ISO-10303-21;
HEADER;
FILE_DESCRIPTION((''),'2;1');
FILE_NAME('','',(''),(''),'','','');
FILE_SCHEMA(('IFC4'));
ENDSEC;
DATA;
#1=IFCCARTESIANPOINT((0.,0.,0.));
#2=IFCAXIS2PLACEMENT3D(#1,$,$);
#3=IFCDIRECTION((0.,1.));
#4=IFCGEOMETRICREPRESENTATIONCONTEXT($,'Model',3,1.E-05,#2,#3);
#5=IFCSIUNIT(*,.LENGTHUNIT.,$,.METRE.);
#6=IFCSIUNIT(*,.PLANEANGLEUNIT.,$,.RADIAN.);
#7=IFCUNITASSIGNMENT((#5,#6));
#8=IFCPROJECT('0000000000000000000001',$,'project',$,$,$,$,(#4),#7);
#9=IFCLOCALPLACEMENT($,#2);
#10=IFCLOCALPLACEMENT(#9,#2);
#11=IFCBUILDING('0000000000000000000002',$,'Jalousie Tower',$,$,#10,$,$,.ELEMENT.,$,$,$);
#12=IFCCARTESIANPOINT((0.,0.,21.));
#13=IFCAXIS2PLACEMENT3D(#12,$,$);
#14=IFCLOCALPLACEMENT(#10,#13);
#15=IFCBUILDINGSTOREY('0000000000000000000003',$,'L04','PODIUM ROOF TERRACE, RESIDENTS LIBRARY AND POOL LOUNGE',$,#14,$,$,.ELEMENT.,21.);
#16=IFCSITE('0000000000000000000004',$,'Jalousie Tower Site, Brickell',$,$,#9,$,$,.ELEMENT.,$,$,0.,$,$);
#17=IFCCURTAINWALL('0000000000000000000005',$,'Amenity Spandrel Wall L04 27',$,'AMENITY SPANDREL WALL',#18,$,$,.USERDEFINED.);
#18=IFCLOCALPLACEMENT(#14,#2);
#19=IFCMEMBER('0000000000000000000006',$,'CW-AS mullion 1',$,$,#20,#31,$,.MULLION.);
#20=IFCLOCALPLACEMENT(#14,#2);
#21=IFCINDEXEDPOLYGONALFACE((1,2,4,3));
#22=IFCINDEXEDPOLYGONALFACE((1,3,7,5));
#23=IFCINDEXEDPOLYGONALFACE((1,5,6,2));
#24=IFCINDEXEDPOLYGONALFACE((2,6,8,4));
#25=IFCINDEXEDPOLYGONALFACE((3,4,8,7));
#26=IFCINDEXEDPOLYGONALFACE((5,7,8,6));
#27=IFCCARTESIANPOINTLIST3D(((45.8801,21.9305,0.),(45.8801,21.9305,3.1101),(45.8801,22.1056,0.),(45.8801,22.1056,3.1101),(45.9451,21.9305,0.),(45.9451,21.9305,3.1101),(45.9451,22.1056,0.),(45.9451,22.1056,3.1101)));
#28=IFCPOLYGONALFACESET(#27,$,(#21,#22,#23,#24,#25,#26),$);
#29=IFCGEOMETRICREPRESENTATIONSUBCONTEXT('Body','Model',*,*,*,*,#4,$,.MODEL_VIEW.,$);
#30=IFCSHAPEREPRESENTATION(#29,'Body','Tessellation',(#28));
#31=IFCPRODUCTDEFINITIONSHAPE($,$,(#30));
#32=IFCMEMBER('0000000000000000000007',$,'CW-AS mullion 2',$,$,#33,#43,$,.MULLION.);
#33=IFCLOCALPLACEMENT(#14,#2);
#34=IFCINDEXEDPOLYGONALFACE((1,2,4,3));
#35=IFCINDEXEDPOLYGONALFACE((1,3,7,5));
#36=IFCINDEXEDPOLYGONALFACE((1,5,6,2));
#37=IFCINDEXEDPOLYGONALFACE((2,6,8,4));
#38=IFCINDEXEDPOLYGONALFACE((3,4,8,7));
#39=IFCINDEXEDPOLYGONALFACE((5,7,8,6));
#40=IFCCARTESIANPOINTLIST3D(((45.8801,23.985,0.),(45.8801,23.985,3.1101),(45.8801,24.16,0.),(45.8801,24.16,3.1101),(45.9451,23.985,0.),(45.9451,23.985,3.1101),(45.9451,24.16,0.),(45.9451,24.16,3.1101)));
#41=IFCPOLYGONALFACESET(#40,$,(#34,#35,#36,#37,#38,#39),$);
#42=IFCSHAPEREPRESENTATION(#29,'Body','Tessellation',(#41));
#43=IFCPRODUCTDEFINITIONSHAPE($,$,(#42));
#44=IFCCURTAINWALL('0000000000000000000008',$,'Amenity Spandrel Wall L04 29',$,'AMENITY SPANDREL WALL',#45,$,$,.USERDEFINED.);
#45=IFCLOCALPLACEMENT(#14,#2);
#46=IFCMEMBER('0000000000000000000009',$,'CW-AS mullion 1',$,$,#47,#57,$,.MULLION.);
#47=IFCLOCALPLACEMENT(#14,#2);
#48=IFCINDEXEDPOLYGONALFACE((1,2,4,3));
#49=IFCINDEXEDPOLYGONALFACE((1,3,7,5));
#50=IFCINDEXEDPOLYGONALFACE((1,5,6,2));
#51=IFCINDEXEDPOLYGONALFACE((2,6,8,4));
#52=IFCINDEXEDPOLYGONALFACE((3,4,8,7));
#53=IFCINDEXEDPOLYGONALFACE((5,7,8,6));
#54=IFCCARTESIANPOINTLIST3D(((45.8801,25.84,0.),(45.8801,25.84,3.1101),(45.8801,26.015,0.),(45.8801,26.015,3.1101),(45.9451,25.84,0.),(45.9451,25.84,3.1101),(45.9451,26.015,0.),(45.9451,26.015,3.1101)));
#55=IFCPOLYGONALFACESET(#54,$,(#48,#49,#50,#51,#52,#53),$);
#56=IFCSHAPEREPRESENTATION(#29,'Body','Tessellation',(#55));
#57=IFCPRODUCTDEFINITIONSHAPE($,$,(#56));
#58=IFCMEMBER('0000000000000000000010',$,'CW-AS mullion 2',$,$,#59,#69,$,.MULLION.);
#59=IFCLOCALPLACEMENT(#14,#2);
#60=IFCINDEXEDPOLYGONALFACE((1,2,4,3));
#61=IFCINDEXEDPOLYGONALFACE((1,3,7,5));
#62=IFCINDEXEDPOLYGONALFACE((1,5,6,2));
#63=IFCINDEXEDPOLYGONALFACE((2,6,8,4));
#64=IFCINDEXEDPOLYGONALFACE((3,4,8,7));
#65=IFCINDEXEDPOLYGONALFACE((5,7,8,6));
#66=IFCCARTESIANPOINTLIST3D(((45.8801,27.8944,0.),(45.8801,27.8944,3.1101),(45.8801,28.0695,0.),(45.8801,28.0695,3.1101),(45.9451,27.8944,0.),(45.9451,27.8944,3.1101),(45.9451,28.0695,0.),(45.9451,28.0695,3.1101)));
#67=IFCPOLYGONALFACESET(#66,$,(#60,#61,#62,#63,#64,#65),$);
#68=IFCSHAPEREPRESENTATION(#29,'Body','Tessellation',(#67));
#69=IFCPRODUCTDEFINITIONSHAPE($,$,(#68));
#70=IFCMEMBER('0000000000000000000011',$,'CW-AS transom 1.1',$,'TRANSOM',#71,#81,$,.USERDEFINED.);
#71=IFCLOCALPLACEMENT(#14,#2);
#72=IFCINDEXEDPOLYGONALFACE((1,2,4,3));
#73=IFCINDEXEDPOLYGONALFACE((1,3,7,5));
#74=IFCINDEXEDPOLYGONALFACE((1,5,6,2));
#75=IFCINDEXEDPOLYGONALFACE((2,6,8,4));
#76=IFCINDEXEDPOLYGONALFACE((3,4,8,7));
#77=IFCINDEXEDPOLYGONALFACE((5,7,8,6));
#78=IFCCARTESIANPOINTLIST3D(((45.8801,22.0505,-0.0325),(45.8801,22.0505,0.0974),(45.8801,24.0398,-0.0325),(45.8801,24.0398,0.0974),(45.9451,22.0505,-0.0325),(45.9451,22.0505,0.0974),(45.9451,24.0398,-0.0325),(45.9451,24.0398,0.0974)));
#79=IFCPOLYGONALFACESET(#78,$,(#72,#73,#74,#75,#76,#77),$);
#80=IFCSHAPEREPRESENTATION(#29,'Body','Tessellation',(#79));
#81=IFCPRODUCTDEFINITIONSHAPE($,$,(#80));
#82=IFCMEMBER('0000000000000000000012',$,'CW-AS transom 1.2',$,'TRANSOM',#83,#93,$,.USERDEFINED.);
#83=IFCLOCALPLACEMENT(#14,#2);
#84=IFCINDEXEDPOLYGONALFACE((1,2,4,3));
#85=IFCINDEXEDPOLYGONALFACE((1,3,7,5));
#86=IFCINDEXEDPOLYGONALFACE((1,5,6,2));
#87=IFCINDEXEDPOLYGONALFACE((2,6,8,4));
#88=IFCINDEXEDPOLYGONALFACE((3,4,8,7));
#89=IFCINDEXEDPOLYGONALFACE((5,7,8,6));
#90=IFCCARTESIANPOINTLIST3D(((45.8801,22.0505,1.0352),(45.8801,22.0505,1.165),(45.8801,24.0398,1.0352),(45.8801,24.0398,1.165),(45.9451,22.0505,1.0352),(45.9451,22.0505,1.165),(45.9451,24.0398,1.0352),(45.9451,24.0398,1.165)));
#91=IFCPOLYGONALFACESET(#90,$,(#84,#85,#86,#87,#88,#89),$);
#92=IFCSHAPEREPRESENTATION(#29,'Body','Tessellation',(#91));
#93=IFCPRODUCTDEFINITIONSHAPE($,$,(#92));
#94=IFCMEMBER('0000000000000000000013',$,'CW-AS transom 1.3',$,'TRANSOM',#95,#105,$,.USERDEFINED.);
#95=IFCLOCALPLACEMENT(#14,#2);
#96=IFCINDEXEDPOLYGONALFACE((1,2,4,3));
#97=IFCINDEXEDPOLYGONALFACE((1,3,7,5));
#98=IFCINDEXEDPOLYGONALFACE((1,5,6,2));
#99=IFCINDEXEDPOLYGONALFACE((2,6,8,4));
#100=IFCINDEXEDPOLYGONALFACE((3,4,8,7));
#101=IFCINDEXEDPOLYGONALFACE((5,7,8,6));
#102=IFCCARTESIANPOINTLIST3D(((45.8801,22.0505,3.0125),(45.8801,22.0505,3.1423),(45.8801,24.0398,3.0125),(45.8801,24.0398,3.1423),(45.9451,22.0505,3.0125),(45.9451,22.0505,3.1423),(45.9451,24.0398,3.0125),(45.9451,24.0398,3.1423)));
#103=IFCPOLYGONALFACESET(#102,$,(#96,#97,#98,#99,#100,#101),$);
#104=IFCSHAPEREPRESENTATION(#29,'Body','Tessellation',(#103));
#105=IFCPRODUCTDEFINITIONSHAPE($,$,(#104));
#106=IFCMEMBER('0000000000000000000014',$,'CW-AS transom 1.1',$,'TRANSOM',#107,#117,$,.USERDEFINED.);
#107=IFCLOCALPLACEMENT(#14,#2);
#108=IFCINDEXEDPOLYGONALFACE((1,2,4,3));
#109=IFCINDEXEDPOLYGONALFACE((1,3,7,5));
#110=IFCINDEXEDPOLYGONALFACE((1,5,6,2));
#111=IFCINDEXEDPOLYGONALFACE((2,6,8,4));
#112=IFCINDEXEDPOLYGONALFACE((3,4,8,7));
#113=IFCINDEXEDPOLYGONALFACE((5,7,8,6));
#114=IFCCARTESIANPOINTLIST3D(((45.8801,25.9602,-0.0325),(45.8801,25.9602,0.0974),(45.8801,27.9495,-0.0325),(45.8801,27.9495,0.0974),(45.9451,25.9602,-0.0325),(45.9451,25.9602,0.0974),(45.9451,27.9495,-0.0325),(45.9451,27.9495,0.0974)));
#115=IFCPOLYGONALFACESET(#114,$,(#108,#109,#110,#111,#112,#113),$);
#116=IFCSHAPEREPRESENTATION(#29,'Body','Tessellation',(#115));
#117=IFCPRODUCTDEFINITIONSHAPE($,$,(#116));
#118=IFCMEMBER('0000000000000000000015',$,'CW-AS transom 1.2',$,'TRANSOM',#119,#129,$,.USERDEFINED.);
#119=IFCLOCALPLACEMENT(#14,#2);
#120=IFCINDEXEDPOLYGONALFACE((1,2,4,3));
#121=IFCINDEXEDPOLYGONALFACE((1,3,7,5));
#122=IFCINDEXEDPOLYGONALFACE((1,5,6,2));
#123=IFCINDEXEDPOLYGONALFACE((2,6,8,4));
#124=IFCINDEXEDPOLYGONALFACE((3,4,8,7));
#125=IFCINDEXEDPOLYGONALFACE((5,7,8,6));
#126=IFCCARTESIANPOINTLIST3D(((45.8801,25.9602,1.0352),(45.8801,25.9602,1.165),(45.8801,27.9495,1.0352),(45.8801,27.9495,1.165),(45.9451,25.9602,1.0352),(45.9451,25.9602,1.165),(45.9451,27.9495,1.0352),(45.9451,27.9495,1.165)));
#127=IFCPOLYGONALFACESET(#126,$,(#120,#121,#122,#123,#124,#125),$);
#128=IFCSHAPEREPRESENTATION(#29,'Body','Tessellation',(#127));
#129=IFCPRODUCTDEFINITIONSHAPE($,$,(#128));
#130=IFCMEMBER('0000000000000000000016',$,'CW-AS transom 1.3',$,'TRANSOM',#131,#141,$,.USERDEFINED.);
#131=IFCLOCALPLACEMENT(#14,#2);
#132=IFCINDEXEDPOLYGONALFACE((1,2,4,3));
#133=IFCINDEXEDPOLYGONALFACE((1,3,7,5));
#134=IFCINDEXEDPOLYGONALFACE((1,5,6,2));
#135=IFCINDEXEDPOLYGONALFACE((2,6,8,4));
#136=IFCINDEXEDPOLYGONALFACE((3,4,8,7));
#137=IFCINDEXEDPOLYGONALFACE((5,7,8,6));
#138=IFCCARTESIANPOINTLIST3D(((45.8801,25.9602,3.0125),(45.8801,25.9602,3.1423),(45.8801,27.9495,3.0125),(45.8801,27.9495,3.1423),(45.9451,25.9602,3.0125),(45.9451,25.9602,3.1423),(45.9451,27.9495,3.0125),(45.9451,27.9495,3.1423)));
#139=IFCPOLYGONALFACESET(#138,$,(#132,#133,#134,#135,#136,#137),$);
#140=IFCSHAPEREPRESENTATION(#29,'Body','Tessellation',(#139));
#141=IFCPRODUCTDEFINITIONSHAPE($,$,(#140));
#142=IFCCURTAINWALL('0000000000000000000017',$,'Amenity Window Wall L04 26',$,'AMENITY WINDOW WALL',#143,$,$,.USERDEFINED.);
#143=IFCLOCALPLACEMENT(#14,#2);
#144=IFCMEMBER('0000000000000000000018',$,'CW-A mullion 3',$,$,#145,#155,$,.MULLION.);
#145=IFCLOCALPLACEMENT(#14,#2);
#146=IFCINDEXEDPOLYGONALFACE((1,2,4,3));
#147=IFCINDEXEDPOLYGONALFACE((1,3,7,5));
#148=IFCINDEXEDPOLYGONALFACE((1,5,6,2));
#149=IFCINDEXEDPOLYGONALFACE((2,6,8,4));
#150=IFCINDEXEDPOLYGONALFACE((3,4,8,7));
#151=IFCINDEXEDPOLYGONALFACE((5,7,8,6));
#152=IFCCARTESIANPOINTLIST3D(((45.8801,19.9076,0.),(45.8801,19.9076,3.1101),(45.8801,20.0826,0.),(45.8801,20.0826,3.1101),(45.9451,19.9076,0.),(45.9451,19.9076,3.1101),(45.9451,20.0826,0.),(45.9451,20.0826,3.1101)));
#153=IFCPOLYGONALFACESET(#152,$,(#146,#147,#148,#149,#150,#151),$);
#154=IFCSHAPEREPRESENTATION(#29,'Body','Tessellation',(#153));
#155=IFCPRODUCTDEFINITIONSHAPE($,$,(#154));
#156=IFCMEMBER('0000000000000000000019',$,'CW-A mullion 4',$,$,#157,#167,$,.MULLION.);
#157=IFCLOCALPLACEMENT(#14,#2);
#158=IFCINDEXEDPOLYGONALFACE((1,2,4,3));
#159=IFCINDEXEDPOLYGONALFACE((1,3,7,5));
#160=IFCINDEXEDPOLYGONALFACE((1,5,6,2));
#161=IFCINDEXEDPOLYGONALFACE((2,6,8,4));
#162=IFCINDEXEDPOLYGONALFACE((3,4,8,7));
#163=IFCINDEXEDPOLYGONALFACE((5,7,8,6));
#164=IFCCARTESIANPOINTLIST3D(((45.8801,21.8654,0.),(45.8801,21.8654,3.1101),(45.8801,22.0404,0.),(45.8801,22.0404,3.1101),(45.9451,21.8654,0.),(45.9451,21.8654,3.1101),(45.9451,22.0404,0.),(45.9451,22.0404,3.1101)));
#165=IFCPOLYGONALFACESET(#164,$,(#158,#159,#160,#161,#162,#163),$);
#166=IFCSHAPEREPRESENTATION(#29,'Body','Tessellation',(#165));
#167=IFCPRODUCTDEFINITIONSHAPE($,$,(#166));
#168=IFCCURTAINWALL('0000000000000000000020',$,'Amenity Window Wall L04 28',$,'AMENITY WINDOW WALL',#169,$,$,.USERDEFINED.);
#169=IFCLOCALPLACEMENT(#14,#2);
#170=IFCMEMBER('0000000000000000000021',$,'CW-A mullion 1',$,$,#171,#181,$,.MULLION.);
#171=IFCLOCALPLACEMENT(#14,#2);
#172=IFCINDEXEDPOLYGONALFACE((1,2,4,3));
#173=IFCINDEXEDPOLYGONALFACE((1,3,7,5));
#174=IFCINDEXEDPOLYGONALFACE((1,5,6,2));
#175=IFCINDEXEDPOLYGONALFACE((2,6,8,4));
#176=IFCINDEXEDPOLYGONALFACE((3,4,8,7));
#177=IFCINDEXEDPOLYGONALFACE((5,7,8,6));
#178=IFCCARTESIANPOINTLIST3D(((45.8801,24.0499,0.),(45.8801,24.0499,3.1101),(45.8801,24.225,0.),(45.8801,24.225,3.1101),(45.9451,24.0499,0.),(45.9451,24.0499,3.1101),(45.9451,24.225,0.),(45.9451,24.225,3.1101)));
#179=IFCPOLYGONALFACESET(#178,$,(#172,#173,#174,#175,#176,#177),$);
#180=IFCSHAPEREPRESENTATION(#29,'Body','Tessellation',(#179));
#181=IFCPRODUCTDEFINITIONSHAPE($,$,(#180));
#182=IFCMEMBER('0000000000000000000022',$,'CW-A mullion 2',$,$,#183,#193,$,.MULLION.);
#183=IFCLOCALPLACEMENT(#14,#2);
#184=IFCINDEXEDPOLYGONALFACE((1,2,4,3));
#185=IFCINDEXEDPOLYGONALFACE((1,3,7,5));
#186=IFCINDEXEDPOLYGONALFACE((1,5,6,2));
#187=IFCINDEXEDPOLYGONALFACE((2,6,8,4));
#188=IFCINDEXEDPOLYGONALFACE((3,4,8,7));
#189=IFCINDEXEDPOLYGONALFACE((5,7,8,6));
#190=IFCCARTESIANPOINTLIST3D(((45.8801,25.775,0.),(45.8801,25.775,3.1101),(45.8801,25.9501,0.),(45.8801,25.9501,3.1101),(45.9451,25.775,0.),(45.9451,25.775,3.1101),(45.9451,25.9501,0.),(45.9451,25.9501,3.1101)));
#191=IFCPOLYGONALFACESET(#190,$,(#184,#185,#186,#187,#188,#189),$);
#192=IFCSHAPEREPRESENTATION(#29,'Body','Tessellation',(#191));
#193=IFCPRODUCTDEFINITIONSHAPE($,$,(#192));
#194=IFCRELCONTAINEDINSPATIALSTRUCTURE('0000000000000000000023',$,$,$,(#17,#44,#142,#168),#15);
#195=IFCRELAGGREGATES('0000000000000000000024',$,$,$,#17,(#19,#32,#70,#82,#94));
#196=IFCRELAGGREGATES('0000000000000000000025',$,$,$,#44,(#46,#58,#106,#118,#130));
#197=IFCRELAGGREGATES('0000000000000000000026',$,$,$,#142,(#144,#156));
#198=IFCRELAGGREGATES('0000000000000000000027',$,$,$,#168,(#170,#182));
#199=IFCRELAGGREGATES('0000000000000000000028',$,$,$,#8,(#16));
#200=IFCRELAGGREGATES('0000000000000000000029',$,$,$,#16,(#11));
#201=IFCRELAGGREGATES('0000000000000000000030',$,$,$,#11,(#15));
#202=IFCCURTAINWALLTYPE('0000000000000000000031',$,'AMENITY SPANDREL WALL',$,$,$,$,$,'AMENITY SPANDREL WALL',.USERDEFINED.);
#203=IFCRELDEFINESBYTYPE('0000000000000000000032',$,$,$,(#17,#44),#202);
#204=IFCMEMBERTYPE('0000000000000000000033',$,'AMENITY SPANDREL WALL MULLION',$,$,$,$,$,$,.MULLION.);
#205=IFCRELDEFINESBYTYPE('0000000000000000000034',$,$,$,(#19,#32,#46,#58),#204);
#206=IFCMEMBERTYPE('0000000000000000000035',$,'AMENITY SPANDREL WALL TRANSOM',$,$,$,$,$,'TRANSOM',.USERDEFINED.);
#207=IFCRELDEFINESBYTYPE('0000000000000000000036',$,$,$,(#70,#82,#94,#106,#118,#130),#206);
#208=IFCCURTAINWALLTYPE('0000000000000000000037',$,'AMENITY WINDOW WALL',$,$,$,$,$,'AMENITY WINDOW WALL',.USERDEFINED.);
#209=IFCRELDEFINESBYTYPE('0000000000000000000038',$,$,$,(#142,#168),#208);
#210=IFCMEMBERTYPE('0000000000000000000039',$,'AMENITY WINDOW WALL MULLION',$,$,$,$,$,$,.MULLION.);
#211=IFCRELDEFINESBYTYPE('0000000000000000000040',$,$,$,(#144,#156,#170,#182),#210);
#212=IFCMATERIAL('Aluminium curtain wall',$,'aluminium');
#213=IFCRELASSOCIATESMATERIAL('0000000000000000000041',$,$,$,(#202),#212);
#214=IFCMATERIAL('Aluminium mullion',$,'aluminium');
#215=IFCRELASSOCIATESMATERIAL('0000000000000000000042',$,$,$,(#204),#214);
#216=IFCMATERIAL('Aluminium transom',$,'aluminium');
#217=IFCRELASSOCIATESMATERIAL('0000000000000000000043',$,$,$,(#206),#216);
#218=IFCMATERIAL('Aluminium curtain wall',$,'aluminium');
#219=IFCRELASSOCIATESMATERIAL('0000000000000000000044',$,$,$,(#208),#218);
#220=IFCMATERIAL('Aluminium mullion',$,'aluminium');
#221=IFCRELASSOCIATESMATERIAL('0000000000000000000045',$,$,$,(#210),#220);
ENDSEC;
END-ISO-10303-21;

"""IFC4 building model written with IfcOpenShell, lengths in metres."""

from ifc_helpers import new_model, si_unit, direction, frame, origin, origin_2d, place, context, subcontext, project, spatial, rectangle, extrude, material, material_profile, profile_set, type_object, element, aggregate, save


model = new_model("IFC4")

# Units and contexts
model_context = context("Model", 3, precision=1e-05, world=origin(), true_north=direction((0.0, 1.0)))
body_context = subcontext(model_context, "Body", "Model", "MODEL_VIEW")
ifc_project = project(units=[si_unit("LENGTHUNIT", "METRE"), si_unit("PLANEANGLEUNIT", "RADIAN")], contexts=[model_context])

# Site, building, storey
site_placement = place(None, origin())
site = spatial("IfcSite", under=ifc_project, at=site_placement, Name="Jalousie Tower Site, Brickell", CompositionType="ELEMENT", RefElevation=0.0)
building_placement = place(site_placement, origin())
building = spatial("IfcBuilding", under=site, at=building_placement, Name="Jalousie Tower", CompositionType="ELEMENT")
storey_placement = place(building_placement, frame((0.0, 0.0, 21.0)))
storey = spatial("IfcBuildingStorey", under=building, at=storey_placement, Name="L04", Description="PODIUM ROOF TERRACE, RESIDENTS LIBRARY AND POOL LOUNGE", CompositionType="ELEMENT", Elevation=21.0)

# Curtain walls, members
ifc_material_1 = material(Name="Aluminium curtain wall", Category="aluminium")
curtain_wall_type_1 = type_object("IfcCurtainWallType", Name="AMENITY SPANDREL WALL", ElementType="AMENITY SPANDREL WALL", PredefinedType="USERDEFINED", material=ifc_material_1)
curtain_wall_1_placement = place(storey_placement, origin())
curtain_wall_1 = element("IfcCurtainWall", 1, at=curtain_wall_1_placement, inside=storey, type_object=curtain_wall_type_1, Name="Amenity Spandrel Wall L04 27", ObjectType="AMENITY SPANDREL WALL", PredefinedType="USERDEFINED")
ifc_material_2 = material(Name="Aluminium mullion", Category="aluminium")
ifc_material_profile_1 = material_profile(ifc_material_2, rectangle(XDim=0.0649, YDim=0.175, at=origin_2d()), Name="MULLION 65x175")
ifc_profile_set_1 = profile_set([ifc_material_profile_1], Name="Aluminium mullion")
member_type_1 = type_object("IfcMemberType", Name="AMENITY SPANDREL WALL MULLION", PredefinedType="MULLION", material=ifc_profile_set_1)
member_1_placement = place(storey_placement, frame((45.9126, 22.0181, 0.0), z_axis=(0.0, 0.0, 1.0), x_axis=(-1.0, 0.0, 0.0)))
member_1 = element("IfcMember", 2, at=member_1_placement, type_object=member_type_1, Name="CW-AS mullion 1", PredefinedType="MULLION", context=body_context, shape_type="SweptSolid", body=[
    extrude(rectangle(XDim=0.0649, YDim=0.175, at=origin_2d()), origin(), (0.0, 0.0, 1.0), 3.1101),
])
member_2_placement = place(storey_placement, frame((45.9126, 24.0725, 0.0), z_axis=(0.0, 0.0, 1.0), x_axis=(-1.0, 0.0, 0.0)))
member_2 = element("IfcMember", 3, at=member_2_placement, type_object=member_type_1, Name="CW-AS mullion 2", PredefinedType="MULLION", context=body_context, shape_type="SweptSolid", body=[
    extrude(rectangle(XDim=0.0649, YDim=0.175, at=origin_2d()), origin(), (0.0, 0.0, 1.0), 3.1101),
])
curtain_wall_2_placement = place(storey_placement, origin())
curtain_wall_2 = element("IfcCurtainWall", 4, at=curtain_wall_2_placement, inside=storey, type_object=curtain_wall_type_1, Name="Amenity Spandrel Wall L04 29", ObjectType="AMENITY SPANDREL WALL", PredefinedType="USERDEFINED")
member_3_placement = place(storey_placement, frame((45.9126, 25.9275, 0.0), z_axis=(0.0, 0.0, 1.0), x_axis=(-1.0, 0.0, 0.0)))
member_3 = element("IfcMember", 5, at=member_3_placement, type_object=member_type_1, Name="CW-AS mullion 1", PredefinedType="MULLION", context=body_context, shape_type="SweptSolid", body=[
    extrude(rectangle(XDim=0.0649, YDim=0.175, at=origin_2d()), origin(), (0.0, 0.0, 1.0), 3.1101),
])
member_4_placement = place(storey_placement, frame((45.9126, 27.9819, 0.0), z_axis=(0.0, 0.0, 1.0), x_axis=(-1.0, 0.0, 0.0)))
member_4 = element("IfcMember", 6, at=member_4_placement, type_object=member_type_1, Name="CW-AS mullion 2", PredefinedType="MULLION", context=body_context, shape_type="SweptSolid", body=[
    extrude(rectangle(XDim=0.0649, YDim=0.175, at=origin_2d()), origin(), (0.0, 0.0, 1.0), 3.1101),
])

# Members
ifc_material_3 = material(Name="Aluminium transom", Category="aluminium")
ifc_material_profile_2 = material_profile(ifc_material_3, rectangle(XDim=0.0649, YDim=0.1299, at=origin_2d()), Name="TRANSOM 65x130")
ifc_profile_set_2 = profile_set([ifc_material_profile_2], Name="Aluminium transom")
member_type_2 = type_object("IfcMemberType", Name="AMENITY SPANDREL WALL TRANSOM", ElementType="TRANSOM", PredefinedType="USERDEFINED", material=ifc_profile_set_2)
member_5_placement = place(storey_placement, frame((45.9126, 22.0505, 0.0325), z_axis=(0.0, 1.0, 0.0), x_axis=(-1.0, 0.0, 0.0)))
member_5 = element("IfcMember", 7, at=member_5_placement, type_object=member_type_2, Name="CW-AS transom 1.1", ObjectType="TRANSOM", PredefinedType="USERDEFINED", context=body_context, shape_type="SweptSolid", body=[
    extrude(rectangle(XDim=0.0649, YDim=0.1299, at=origin_2d()), origin(), (0.0, 0.0, 1.0), 1.9893),
])
member_6_placement = place(storey_placement, frame((45.9126, 22.0505, 1.1001), z_axis=(0.0, 1.0, 0.0), x_axis=(-1.0, 0.0, 0.0)))
member_6 = element("IfcMember", 8, at=member_6_placement, type_object=member_type_2, Name="CW-AS transom 1.2", ObjectType="TRANSOM", PredefinedType="USERDEFINED", context=body_context, shape_type="SweptSolid", body=[
    extrude(rectangle(XDim=0.0649, YDim=0.1299, at=origin_2d()), origin(), (0.0, 0.0, 1.0), 1.9893),
])
member_7_placement = place(storey_placement, frame((45.9126, 22.0505, 3.0774), z_axis=(0.0, 1.0, 0.0), x_axis=(-1.0, 0.0, 0.0)))
member_7 = element("IfcMember", 9, at=member_7_placement, type_object=member_type_2, Name="CW-AS transom 1.3", ObjectType="TRANSOM", PredefinedType="USERDEFINED", context=body_context, shape_type="SweptSolid", body=[
    extrude(rectangle(XDim=0.0649, YDim=0.1299, at=origin_2d()), origin(), (0.0, 0.0, 1.0), 1.9893),
])
member_8_placement = place(storey_placement, frame((45.9126, 25.9602, 0.0325), z_axis=(0.0, 1.0, 0.0), x_axis=(-1.0, 0.0, 0.0)))
member_8 = element("IfcMember", 10, at=member_8_placement, type_object=member_type_2, Name="CW-AS transom 1.1", ObjectType="TRANSOM", PredefinedType="USERDEFINED", context=body_context, shape_type="SweptSolid", body=[
    extrude(rectangle(XDim=0.0649, YDim=0.1299, at=origin_2d()), origin(), (0.0, 0.0, 1.0), 1.9893),
])
member_9_placement = place(storey_placement, frame((45.9126, 25.9602, 1.1001), z_axis=(0.0, 1.0, 0.0), x_axis=(-1.0, 0.0, 0.0)))
member_9 = element("IfcMember", 11, at=member_9_placement, type_object=member_type_2, Name="CW-AS transom 1.2", ObjectType="TRANSOM", PredefinedType="USERDEFINED", context=body_context, shape_type="SweptSolid", body=[
    extrude(rectangle(XDim=0.0649, YDim=0.1299, at=origin_2d()), origin(), (0.0, 0.0, 1.0), 1.9893),
])
member_10_placement = place(storey_placement, frame((45.9126, 25.9602, 3.0774), z_axis=(0.0, 1.0, 0.0), x_axis=(-1.0, 0.0, 0.0)))
member_10 = element("IfcMember", 12, at=member_10_placement, type_object=member_type_2, Name="CW-AS transom 1.3", ObjectType="TRANSOM", PredefinedType="USERDEFINED", context=body_context, shape_type="SweptSolid", body=[
    extrude(rectangle(XDim=0.0649, YDim=0.1299, at=origin_2d()), origin(), (0.0, 0.0, 1.0), 1.9893),
])

# Curtain walls, members
ifc_material_4 = material(Name="Aluminium curtain wall", Category="aluminium")
curtain_wall_type_2 = type_object("IfcCurtainWallType", Name="AMENITY WINDOW WALL", ElementType="AMENITY WINDOW WALL", PredefinedType="USERDEFINED", material=ifc_material_4)
curtain_wall_3_placement = place(storey_placement, origin())
curtain_wall_3 = element("IfcCurtainWall", 13, at=curtain_wall_3_placement, inside=storey, type_object=curtain_wall_type_2, Name="Amenity Window Wall L04 26", ObjectType="AMENITY WINDOW WALL", PredefinedType="USERDEFINED")
ifc_material_5 = material(Name="Aluminium mullion", Category="aluminium")
ifc_material_profile_3 = material_profile(ifc_material_5, rectangle(XDim=0.0649, YDim=0.175, at=origin_2d()), Name="MULLION 65x175")
ifc_profile_set_3 = profile_set([ifc_material_profile_3], Name="Aluminium mullion")
member_type_3 = type_object("IfcMemberType", Name="AMENITY WINDOW WALL MULLION", PredefinedType="MULLION", material=ifc_profile_set_3)
member_11_placement = place(storey_placement, frame((45.9126, 19.9951, 0.0), z_axis=(0.0, 0.0, 1.0), x_axis=(-1.0, 0.0, 0.0)))
member_11 = element("IfcMember", 14, at=member_11_placement, type_object=member_type_3, Name="CW-A mullion 3", PredefinedType="MULLION", context=body_context, shape_type="SweptSolid", body=[
    extrude(rectangle(XDim=0.0649, YDim=0.175, at=origin_2d()), origin(), (0.0, 0.0, 1.0), 3.1101),
])
member_12_placement = place(storey_placement, frame((45.9126, 21.9529, 0.0), z_axis=(0.0, 0.0, 1.0), x_axis=(-1.0, 0.0, 0.0)))
member_12 = element("IfcMember", 15, at=member_12_placement, type_object=member_type_3, Name="CW-A mullion 4", PredefinedType="MULLION", context=body_context, shape_type="SweptSolid", body=[
    extrude(rectangle(XDim=0.0649, YDim=0.175, at=origin_2d()), origin(), (0.0, 0.0, 1.0), 3.1101),
])
curtain_wall_4_placement = place(storey_placement, origin())
curtain_wall_4 = element("IfcCurtainWall", 16, at=curtain_wall_4_placement, inside=storey, type_object=curtain_wall_type_2, Name="Amenity Window Wall L04 28", ObjectType="AMENITY WINDOW WALL", PredefinedType="USERDEFINED")
member_13_placement = place(storey_placement, frame((45.9126, 24.1375, 0.0), z_axis=(0.0, 0.0, 1.0), x_axis=(-1.0, 0.0, 0.0)))
member_13 = element("IfcMember", 17, at=member_13_placement, type_object=member_type_3, Name="CW-A mullion 1", PredefinedType="MULLION", context=body_context, shape_type="SweptSolid", body=[
    extrude(rectangle(XDim=0.0649, YDim=0.175, at=origin_2d()), origin(), (0.0, 0.0, 1.0), 3.1101),
])
member_14_placement = place(storey_placement, frame((45.9126, 25.8625, 0.0), z_axis=(0.0, 0.0, 1.0), x_axis=(-1.0, 0.0, 0.0)))
member_14 = element("IfcMember", 18, at=member_14_placement, type_object=member_type_3, Name="CW-A mullion 2", PredefinedType="MULLION", context=body_context, shape_type="SweptSolid", body=[
    extrude(rectangle(XDim=0.0649, YDim=0.175, at=origin_2d()), origin(), (0.0, 0.0, 1.0), 3.1101),
])

aggregate(curtain_wall_1, [member_1, member_2, member_5, member_6, member_7])
aggregate(curtain_wall_2, [member_3, member_4, member_8, member_9, member_10])
aggregate(curtain_wall_3, [member_11, member_12])
aggregate(curtain_wall_4, [member_13, member_14])

save(model, "model.ifc")
